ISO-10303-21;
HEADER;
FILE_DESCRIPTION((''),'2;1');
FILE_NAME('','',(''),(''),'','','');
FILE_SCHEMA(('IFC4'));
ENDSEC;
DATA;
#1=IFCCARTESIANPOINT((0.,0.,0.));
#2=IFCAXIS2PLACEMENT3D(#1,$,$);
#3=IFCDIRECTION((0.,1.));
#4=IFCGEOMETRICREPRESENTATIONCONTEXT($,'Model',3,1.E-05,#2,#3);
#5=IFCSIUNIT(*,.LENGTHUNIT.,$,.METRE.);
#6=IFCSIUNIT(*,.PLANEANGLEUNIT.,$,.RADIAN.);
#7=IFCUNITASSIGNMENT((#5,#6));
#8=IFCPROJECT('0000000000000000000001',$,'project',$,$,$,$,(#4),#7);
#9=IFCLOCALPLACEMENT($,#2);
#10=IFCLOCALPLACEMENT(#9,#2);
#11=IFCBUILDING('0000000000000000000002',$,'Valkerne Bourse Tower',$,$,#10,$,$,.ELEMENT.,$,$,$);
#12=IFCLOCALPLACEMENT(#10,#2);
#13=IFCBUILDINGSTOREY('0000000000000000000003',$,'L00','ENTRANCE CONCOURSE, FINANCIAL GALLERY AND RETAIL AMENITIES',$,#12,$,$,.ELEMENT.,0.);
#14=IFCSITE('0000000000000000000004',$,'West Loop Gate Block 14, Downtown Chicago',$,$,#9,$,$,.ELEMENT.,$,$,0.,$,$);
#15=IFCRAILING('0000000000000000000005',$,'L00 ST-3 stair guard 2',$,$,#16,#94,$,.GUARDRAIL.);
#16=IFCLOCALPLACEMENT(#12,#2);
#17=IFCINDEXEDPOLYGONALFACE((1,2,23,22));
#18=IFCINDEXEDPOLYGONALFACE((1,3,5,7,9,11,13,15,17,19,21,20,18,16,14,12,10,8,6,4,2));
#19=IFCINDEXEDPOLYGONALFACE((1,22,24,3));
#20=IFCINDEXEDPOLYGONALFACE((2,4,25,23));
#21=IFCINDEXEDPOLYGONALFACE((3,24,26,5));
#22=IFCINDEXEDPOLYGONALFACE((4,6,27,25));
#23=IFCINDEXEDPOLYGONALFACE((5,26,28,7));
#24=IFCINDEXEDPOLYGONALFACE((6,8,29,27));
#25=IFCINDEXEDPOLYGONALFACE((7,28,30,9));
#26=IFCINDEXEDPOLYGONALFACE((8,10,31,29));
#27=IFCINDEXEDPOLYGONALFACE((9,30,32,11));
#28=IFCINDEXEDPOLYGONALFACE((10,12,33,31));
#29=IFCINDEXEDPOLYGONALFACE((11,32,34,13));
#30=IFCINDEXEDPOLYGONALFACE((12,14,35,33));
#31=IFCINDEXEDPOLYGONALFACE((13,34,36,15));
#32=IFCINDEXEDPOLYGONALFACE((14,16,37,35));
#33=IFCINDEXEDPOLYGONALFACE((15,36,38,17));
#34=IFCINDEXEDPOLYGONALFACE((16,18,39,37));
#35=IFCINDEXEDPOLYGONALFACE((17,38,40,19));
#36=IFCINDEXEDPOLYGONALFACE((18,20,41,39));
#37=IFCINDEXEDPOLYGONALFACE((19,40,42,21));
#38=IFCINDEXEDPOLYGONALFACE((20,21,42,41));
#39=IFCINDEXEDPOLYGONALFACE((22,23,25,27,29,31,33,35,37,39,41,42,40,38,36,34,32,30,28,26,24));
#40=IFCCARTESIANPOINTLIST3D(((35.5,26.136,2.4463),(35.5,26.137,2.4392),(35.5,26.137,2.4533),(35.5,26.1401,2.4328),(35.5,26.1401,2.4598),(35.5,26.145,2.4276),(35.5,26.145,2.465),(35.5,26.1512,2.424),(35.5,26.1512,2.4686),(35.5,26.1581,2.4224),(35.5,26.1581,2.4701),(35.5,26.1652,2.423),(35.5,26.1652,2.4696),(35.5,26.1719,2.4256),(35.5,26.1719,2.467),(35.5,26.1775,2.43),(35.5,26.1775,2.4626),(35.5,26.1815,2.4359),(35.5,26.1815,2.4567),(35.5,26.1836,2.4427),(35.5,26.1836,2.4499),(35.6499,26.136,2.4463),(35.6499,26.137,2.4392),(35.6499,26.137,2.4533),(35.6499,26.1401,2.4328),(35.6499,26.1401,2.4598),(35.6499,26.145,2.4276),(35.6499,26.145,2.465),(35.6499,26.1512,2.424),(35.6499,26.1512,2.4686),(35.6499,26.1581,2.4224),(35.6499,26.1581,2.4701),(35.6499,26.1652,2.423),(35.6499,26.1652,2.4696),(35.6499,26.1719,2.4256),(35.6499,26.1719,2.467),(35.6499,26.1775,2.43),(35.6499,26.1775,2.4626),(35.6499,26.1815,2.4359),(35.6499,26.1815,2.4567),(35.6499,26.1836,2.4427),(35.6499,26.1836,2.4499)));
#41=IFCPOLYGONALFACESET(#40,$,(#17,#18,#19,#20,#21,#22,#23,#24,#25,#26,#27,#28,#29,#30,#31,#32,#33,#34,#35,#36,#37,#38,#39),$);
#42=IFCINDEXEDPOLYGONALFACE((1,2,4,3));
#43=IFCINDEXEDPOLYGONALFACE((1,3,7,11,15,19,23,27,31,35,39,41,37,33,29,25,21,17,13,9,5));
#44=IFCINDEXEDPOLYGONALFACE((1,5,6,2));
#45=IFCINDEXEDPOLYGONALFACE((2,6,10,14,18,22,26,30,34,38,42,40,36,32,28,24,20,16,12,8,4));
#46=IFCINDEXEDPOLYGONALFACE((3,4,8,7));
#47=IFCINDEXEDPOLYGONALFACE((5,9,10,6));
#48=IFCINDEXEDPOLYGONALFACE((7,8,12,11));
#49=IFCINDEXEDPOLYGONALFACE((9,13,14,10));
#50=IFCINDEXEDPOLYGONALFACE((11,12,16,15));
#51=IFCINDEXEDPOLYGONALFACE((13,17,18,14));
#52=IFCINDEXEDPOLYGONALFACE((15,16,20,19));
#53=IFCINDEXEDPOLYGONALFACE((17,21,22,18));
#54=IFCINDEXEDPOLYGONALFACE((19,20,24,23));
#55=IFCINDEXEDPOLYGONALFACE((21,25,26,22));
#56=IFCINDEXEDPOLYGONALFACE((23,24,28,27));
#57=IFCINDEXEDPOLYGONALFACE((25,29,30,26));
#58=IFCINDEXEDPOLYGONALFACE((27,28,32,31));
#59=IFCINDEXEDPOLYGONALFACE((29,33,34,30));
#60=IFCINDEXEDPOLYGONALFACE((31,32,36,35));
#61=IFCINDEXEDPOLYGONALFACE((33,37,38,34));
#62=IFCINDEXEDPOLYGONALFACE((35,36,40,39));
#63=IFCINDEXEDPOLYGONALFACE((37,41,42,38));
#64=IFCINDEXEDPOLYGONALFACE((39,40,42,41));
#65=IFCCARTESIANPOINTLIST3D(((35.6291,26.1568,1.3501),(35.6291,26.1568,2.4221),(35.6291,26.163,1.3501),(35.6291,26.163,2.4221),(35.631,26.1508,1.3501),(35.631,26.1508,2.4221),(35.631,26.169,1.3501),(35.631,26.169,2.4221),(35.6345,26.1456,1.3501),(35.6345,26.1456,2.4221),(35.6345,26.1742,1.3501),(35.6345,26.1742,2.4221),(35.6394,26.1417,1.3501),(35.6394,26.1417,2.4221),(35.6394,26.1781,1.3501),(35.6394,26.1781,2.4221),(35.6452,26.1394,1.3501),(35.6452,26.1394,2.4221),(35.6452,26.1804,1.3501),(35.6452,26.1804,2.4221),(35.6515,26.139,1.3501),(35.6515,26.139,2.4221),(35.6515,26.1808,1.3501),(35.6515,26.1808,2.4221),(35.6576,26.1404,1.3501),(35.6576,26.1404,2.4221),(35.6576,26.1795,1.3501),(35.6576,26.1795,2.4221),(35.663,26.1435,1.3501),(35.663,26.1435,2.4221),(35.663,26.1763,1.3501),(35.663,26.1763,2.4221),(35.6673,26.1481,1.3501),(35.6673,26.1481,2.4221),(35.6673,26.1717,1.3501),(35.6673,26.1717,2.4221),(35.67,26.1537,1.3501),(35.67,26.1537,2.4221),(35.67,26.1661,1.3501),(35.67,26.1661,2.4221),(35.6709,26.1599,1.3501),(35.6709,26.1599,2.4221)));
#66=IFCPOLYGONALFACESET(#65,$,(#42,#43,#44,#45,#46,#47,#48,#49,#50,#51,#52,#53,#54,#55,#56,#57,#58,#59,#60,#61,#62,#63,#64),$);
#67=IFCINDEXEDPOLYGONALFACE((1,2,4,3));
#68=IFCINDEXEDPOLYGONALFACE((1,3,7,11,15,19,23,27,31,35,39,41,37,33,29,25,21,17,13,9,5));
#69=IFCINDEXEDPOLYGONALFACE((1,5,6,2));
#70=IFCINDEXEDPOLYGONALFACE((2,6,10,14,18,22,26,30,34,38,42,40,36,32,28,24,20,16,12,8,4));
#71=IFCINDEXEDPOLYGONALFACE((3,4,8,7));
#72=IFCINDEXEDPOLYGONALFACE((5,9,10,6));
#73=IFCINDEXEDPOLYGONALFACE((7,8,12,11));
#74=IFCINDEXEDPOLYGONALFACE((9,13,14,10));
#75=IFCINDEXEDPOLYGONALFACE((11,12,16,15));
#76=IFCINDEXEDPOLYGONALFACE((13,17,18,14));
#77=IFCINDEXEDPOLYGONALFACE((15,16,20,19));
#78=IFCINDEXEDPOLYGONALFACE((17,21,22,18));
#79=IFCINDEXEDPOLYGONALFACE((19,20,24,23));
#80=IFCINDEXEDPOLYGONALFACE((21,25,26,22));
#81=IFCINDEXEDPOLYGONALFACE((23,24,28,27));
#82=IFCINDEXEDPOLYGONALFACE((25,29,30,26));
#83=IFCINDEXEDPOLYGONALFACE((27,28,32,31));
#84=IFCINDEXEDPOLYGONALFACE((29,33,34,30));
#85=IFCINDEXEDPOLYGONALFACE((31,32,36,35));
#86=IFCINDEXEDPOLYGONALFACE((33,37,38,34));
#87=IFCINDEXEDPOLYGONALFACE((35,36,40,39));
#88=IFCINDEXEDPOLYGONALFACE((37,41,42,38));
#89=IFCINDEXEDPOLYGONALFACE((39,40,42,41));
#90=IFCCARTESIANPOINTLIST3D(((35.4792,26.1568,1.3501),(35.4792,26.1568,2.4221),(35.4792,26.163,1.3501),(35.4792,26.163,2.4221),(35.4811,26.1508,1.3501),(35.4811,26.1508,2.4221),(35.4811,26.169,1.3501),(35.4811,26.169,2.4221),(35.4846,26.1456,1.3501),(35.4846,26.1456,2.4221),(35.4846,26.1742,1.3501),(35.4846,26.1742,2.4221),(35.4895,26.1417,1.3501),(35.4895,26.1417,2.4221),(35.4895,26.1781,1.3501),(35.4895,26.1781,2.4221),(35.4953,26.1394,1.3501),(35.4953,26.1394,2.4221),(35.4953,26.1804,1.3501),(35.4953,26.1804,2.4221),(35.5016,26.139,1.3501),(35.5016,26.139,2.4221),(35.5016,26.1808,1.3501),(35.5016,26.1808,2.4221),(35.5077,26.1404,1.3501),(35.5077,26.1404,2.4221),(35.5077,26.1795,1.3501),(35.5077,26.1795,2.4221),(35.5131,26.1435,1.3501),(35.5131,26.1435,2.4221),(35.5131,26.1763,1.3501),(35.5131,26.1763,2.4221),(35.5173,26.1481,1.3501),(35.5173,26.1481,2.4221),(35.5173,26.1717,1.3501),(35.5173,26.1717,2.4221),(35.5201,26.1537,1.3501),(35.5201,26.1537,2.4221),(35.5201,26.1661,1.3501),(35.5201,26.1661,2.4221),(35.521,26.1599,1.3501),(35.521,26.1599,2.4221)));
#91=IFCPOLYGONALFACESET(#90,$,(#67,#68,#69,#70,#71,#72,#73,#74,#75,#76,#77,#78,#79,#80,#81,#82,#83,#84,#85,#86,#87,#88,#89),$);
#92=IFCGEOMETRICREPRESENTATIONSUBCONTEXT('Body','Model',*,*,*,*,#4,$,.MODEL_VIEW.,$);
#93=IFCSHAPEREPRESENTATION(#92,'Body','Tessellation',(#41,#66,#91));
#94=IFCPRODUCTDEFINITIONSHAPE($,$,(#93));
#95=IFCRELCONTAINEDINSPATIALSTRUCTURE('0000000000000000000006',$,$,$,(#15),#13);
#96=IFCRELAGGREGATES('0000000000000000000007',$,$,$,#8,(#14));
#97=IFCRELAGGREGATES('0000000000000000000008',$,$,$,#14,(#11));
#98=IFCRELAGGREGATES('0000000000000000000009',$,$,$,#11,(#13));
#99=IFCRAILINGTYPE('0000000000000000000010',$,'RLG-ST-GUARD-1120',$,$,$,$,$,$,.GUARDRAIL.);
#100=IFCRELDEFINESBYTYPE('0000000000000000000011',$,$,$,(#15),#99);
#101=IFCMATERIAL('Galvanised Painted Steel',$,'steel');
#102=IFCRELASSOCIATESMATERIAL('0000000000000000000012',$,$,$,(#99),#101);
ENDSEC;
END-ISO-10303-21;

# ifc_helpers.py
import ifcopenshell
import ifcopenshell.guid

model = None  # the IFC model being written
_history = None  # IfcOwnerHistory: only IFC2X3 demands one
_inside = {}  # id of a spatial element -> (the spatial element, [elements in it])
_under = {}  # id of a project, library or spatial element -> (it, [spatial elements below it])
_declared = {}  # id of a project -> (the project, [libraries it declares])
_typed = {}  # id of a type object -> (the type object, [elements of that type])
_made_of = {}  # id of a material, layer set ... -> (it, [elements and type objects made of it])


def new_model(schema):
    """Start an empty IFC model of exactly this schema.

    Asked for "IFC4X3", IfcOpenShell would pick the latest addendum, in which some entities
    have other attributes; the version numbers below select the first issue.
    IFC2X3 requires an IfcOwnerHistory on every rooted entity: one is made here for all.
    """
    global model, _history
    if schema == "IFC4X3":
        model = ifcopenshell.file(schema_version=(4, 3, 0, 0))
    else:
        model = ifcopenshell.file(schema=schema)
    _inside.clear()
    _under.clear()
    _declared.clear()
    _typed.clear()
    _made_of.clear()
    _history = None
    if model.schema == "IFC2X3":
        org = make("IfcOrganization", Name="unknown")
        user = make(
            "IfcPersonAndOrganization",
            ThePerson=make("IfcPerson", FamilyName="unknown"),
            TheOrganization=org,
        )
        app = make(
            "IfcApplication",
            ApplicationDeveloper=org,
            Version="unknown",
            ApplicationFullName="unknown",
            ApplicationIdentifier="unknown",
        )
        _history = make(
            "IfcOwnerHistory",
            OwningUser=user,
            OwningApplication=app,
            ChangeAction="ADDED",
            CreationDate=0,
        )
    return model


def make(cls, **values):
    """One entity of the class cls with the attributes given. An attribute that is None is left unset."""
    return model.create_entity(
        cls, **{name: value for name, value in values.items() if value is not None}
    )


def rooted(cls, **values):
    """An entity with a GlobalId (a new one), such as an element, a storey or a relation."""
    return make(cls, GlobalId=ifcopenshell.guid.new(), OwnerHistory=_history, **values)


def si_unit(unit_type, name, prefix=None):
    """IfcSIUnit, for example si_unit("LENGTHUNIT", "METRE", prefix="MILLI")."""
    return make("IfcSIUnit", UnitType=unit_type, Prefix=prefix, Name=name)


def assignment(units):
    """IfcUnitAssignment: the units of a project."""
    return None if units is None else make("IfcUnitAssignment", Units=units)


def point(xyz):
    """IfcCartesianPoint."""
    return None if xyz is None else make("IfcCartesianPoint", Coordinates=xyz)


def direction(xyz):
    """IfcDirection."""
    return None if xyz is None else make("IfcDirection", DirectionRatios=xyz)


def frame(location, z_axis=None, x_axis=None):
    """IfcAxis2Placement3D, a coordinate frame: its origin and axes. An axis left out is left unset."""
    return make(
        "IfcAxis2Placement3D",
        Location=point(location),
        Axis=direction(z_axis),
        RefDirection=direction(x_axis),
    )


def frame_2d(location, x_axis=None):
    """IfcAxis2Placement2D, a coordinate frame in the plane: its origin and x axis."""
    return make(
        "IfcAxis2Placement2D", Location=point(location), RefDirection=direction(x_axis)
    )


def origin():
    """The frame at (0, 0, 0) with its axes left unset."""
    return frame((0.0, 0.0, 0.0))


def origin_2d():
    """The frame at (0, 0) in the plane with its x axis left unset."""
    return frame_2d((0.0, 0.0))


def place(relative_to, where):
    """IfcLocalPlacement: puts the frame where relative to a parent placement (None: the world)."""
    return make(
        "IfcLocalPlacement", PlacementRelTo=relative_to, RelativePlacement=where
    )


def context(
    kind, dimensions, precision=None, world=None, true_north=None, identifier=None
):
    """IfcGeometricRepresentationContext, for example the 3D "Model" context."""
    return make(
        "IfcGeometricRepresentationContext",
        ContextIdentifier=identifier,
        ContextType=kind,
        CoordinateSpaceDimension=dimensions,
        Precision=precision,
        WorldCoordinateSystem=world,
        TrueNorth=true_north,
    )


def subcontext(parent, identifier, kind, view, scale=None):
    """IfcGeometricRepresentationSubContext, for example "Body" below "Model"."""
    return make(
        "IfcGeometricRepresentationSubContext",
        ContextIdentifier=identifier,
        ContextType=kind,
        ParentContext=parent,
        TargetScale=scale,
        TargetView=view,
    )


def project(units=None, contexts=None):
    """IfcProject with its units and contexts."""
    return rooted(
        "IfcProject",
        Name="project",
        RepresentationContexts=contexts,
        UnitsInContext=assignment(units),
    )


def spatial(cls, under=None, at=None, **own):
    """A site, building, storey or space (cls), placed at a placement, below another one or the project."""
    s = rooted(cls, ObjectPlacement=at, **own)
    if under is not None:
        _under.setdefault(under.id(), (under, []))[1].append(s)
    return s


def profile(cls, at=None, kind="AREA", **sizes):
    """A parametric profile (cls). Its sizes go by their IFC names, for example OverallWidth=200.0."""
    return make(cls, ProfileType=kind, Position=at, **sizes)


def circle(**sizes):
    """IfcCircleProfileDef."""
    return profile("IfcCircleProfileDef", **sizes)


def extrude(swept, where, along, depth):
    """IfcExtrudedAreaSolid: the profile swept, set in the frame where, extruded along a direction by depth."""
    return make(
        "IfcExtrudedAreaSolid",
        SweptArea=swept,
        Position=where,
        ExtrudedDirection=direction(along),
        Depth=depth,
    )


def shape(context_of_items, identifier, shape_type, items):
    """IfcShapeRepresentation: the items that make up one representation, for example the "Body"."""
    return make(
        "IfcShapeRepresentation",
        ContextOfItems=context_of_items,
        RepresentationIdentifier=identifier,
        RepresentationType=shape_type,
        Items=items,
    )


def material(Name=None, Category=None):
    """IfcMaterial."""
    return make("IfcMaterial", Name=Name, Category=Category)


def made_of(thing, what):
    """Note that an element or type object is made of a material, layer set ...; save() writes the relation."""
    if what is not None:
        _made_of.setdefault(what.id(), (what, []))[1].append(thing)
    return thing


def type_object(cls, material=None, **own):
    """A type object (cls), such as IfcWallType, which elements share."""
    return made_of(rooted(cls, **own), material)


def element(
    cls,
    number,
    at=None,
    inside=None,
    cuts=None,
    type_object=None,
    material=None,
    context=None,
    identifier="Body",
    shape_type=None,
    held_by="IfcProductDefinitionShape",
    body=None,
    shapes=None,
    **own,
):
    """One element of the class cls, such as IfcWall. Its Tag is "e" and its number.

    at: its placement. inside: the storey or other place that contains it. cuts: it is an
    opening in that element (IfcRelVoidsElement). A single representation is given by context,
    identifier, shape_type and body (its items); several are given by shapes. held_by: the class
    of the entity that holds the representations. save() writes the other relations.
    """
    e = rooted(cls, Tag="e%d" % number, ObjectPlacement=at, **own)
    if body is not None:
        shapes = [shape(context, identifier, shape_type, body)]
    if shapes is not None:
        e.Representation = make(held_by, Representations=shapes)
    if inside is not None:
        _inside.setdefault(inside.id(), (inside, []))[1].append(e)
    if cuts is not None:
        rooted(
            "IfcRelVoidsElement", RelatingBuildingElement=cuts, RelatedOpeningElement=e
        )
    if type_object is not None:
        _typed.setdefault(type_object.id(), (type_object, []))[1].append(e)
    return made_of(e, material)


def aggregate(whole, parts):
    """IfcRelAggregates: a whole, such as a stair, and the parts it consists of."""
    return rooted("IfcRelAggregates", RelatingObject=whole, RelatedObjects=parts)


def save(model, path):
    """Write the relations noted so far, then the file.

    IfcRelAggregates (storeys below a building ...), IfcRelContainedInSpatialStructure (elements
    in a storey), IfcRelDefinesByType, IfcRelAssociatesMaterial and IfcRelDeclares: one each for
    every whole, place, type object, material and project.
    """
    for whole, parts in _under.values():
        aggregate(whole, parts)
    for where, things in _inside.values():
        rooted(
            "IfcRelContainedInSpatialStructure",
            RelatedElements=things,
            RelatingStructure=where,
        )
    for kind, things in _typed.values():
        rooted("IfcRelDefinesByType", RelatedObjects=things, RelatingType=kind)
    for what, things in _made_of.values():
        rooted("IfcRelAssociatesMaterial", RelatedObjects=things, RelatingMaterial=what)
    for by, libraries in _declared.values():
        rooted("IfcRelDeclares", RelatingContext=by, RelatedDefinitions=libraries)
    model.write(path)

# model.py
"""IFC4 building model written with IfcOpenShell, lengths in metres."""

from ifc_helpers import new_model, si_unit, direction, frame, origin, origin_2d, place, context, subcontext, project, spatial, circle, extrude, material, type_object, element, save


model = new_model("IFC4")

# Units and contexts
model_context = context("Model", 3, precision=1e-05, world=origin(), true_north=direction((0.0, 1.0)))
body_context = subcontext(model_context, "Body", "Model", "MODEL_VIEW")
ifc_project = project(units=[si_unit("LENGTHUNIT", "METRE"), si_unit("PLANEANGLEUNIT", "RADIAN")], contexts=[model_context])

# Site, building, storey
site_placement = place(None, origin())
site = spatial("IfcSite", under=ifc_project, at=site_placement, Name="West Loop Gate Block 14, Downtown Chicago", CompositionType="ELEMENT", RefElevation=0.0)
building_placement = place(site_placement, origin())
building = spatial("IfcBuilding", under=site, at=building_placement, Name="Valkerne Bourse Tower", CompositionType="ELEMENT")
storey_placement = place(building_placement, origin())
storey = spatial("IfcBuildingStorey", under=building, at=storey_placement, Name="L00", Description="ENTRANCE CONCOURSE, FINANCIAL GALLERY AND RETAIL AMENITIES", CompositionType="ELEMENT", Elevation=0.0)

# Shared definitions
ifc_material_1 = material(Name="Galvanised Painted Steel", Category="steel")

# Railing
railing_type_1 = type_object("IfcRailingType", Name="RLG-ST-GUARD-1120", PredefinedType="GUARDRAIL", material=ifc_material_1)
railing_1_placement = place(storey_placement, frame((35.6499, 26.1599, 1.3501)))
element("IfcRailing", 1, at=railing_1_placement, inside=storey, type_object=railing_type_1, Name="L00 ST-3 stair guard 2", PredefinedType="GUARDRAIL", context=body_context, shape_type="SweptSolid", body=[
    extrude(circle(Radius=0.0239, at=origin_2d()), frame((0.0, 0.0, 1.0962), z_axis=(-1.0, 0.0, 0.0), x_axis=(0.0, -1.0, 0.0)), (0.0, 0.0, 1.0), 0.1499),
    extrude(circle(Radius=0.021, at=origin_2d()), origin(), (0.0, 0.0, 1.0), 1.072),
    extrude(circle(Radius=0.021, at=origin_2d()), frame((-0.1499, 0.0, 0.0)), (0.0, 0.0, 1.0), 1.072),
])

save(model, "model.ifc")
